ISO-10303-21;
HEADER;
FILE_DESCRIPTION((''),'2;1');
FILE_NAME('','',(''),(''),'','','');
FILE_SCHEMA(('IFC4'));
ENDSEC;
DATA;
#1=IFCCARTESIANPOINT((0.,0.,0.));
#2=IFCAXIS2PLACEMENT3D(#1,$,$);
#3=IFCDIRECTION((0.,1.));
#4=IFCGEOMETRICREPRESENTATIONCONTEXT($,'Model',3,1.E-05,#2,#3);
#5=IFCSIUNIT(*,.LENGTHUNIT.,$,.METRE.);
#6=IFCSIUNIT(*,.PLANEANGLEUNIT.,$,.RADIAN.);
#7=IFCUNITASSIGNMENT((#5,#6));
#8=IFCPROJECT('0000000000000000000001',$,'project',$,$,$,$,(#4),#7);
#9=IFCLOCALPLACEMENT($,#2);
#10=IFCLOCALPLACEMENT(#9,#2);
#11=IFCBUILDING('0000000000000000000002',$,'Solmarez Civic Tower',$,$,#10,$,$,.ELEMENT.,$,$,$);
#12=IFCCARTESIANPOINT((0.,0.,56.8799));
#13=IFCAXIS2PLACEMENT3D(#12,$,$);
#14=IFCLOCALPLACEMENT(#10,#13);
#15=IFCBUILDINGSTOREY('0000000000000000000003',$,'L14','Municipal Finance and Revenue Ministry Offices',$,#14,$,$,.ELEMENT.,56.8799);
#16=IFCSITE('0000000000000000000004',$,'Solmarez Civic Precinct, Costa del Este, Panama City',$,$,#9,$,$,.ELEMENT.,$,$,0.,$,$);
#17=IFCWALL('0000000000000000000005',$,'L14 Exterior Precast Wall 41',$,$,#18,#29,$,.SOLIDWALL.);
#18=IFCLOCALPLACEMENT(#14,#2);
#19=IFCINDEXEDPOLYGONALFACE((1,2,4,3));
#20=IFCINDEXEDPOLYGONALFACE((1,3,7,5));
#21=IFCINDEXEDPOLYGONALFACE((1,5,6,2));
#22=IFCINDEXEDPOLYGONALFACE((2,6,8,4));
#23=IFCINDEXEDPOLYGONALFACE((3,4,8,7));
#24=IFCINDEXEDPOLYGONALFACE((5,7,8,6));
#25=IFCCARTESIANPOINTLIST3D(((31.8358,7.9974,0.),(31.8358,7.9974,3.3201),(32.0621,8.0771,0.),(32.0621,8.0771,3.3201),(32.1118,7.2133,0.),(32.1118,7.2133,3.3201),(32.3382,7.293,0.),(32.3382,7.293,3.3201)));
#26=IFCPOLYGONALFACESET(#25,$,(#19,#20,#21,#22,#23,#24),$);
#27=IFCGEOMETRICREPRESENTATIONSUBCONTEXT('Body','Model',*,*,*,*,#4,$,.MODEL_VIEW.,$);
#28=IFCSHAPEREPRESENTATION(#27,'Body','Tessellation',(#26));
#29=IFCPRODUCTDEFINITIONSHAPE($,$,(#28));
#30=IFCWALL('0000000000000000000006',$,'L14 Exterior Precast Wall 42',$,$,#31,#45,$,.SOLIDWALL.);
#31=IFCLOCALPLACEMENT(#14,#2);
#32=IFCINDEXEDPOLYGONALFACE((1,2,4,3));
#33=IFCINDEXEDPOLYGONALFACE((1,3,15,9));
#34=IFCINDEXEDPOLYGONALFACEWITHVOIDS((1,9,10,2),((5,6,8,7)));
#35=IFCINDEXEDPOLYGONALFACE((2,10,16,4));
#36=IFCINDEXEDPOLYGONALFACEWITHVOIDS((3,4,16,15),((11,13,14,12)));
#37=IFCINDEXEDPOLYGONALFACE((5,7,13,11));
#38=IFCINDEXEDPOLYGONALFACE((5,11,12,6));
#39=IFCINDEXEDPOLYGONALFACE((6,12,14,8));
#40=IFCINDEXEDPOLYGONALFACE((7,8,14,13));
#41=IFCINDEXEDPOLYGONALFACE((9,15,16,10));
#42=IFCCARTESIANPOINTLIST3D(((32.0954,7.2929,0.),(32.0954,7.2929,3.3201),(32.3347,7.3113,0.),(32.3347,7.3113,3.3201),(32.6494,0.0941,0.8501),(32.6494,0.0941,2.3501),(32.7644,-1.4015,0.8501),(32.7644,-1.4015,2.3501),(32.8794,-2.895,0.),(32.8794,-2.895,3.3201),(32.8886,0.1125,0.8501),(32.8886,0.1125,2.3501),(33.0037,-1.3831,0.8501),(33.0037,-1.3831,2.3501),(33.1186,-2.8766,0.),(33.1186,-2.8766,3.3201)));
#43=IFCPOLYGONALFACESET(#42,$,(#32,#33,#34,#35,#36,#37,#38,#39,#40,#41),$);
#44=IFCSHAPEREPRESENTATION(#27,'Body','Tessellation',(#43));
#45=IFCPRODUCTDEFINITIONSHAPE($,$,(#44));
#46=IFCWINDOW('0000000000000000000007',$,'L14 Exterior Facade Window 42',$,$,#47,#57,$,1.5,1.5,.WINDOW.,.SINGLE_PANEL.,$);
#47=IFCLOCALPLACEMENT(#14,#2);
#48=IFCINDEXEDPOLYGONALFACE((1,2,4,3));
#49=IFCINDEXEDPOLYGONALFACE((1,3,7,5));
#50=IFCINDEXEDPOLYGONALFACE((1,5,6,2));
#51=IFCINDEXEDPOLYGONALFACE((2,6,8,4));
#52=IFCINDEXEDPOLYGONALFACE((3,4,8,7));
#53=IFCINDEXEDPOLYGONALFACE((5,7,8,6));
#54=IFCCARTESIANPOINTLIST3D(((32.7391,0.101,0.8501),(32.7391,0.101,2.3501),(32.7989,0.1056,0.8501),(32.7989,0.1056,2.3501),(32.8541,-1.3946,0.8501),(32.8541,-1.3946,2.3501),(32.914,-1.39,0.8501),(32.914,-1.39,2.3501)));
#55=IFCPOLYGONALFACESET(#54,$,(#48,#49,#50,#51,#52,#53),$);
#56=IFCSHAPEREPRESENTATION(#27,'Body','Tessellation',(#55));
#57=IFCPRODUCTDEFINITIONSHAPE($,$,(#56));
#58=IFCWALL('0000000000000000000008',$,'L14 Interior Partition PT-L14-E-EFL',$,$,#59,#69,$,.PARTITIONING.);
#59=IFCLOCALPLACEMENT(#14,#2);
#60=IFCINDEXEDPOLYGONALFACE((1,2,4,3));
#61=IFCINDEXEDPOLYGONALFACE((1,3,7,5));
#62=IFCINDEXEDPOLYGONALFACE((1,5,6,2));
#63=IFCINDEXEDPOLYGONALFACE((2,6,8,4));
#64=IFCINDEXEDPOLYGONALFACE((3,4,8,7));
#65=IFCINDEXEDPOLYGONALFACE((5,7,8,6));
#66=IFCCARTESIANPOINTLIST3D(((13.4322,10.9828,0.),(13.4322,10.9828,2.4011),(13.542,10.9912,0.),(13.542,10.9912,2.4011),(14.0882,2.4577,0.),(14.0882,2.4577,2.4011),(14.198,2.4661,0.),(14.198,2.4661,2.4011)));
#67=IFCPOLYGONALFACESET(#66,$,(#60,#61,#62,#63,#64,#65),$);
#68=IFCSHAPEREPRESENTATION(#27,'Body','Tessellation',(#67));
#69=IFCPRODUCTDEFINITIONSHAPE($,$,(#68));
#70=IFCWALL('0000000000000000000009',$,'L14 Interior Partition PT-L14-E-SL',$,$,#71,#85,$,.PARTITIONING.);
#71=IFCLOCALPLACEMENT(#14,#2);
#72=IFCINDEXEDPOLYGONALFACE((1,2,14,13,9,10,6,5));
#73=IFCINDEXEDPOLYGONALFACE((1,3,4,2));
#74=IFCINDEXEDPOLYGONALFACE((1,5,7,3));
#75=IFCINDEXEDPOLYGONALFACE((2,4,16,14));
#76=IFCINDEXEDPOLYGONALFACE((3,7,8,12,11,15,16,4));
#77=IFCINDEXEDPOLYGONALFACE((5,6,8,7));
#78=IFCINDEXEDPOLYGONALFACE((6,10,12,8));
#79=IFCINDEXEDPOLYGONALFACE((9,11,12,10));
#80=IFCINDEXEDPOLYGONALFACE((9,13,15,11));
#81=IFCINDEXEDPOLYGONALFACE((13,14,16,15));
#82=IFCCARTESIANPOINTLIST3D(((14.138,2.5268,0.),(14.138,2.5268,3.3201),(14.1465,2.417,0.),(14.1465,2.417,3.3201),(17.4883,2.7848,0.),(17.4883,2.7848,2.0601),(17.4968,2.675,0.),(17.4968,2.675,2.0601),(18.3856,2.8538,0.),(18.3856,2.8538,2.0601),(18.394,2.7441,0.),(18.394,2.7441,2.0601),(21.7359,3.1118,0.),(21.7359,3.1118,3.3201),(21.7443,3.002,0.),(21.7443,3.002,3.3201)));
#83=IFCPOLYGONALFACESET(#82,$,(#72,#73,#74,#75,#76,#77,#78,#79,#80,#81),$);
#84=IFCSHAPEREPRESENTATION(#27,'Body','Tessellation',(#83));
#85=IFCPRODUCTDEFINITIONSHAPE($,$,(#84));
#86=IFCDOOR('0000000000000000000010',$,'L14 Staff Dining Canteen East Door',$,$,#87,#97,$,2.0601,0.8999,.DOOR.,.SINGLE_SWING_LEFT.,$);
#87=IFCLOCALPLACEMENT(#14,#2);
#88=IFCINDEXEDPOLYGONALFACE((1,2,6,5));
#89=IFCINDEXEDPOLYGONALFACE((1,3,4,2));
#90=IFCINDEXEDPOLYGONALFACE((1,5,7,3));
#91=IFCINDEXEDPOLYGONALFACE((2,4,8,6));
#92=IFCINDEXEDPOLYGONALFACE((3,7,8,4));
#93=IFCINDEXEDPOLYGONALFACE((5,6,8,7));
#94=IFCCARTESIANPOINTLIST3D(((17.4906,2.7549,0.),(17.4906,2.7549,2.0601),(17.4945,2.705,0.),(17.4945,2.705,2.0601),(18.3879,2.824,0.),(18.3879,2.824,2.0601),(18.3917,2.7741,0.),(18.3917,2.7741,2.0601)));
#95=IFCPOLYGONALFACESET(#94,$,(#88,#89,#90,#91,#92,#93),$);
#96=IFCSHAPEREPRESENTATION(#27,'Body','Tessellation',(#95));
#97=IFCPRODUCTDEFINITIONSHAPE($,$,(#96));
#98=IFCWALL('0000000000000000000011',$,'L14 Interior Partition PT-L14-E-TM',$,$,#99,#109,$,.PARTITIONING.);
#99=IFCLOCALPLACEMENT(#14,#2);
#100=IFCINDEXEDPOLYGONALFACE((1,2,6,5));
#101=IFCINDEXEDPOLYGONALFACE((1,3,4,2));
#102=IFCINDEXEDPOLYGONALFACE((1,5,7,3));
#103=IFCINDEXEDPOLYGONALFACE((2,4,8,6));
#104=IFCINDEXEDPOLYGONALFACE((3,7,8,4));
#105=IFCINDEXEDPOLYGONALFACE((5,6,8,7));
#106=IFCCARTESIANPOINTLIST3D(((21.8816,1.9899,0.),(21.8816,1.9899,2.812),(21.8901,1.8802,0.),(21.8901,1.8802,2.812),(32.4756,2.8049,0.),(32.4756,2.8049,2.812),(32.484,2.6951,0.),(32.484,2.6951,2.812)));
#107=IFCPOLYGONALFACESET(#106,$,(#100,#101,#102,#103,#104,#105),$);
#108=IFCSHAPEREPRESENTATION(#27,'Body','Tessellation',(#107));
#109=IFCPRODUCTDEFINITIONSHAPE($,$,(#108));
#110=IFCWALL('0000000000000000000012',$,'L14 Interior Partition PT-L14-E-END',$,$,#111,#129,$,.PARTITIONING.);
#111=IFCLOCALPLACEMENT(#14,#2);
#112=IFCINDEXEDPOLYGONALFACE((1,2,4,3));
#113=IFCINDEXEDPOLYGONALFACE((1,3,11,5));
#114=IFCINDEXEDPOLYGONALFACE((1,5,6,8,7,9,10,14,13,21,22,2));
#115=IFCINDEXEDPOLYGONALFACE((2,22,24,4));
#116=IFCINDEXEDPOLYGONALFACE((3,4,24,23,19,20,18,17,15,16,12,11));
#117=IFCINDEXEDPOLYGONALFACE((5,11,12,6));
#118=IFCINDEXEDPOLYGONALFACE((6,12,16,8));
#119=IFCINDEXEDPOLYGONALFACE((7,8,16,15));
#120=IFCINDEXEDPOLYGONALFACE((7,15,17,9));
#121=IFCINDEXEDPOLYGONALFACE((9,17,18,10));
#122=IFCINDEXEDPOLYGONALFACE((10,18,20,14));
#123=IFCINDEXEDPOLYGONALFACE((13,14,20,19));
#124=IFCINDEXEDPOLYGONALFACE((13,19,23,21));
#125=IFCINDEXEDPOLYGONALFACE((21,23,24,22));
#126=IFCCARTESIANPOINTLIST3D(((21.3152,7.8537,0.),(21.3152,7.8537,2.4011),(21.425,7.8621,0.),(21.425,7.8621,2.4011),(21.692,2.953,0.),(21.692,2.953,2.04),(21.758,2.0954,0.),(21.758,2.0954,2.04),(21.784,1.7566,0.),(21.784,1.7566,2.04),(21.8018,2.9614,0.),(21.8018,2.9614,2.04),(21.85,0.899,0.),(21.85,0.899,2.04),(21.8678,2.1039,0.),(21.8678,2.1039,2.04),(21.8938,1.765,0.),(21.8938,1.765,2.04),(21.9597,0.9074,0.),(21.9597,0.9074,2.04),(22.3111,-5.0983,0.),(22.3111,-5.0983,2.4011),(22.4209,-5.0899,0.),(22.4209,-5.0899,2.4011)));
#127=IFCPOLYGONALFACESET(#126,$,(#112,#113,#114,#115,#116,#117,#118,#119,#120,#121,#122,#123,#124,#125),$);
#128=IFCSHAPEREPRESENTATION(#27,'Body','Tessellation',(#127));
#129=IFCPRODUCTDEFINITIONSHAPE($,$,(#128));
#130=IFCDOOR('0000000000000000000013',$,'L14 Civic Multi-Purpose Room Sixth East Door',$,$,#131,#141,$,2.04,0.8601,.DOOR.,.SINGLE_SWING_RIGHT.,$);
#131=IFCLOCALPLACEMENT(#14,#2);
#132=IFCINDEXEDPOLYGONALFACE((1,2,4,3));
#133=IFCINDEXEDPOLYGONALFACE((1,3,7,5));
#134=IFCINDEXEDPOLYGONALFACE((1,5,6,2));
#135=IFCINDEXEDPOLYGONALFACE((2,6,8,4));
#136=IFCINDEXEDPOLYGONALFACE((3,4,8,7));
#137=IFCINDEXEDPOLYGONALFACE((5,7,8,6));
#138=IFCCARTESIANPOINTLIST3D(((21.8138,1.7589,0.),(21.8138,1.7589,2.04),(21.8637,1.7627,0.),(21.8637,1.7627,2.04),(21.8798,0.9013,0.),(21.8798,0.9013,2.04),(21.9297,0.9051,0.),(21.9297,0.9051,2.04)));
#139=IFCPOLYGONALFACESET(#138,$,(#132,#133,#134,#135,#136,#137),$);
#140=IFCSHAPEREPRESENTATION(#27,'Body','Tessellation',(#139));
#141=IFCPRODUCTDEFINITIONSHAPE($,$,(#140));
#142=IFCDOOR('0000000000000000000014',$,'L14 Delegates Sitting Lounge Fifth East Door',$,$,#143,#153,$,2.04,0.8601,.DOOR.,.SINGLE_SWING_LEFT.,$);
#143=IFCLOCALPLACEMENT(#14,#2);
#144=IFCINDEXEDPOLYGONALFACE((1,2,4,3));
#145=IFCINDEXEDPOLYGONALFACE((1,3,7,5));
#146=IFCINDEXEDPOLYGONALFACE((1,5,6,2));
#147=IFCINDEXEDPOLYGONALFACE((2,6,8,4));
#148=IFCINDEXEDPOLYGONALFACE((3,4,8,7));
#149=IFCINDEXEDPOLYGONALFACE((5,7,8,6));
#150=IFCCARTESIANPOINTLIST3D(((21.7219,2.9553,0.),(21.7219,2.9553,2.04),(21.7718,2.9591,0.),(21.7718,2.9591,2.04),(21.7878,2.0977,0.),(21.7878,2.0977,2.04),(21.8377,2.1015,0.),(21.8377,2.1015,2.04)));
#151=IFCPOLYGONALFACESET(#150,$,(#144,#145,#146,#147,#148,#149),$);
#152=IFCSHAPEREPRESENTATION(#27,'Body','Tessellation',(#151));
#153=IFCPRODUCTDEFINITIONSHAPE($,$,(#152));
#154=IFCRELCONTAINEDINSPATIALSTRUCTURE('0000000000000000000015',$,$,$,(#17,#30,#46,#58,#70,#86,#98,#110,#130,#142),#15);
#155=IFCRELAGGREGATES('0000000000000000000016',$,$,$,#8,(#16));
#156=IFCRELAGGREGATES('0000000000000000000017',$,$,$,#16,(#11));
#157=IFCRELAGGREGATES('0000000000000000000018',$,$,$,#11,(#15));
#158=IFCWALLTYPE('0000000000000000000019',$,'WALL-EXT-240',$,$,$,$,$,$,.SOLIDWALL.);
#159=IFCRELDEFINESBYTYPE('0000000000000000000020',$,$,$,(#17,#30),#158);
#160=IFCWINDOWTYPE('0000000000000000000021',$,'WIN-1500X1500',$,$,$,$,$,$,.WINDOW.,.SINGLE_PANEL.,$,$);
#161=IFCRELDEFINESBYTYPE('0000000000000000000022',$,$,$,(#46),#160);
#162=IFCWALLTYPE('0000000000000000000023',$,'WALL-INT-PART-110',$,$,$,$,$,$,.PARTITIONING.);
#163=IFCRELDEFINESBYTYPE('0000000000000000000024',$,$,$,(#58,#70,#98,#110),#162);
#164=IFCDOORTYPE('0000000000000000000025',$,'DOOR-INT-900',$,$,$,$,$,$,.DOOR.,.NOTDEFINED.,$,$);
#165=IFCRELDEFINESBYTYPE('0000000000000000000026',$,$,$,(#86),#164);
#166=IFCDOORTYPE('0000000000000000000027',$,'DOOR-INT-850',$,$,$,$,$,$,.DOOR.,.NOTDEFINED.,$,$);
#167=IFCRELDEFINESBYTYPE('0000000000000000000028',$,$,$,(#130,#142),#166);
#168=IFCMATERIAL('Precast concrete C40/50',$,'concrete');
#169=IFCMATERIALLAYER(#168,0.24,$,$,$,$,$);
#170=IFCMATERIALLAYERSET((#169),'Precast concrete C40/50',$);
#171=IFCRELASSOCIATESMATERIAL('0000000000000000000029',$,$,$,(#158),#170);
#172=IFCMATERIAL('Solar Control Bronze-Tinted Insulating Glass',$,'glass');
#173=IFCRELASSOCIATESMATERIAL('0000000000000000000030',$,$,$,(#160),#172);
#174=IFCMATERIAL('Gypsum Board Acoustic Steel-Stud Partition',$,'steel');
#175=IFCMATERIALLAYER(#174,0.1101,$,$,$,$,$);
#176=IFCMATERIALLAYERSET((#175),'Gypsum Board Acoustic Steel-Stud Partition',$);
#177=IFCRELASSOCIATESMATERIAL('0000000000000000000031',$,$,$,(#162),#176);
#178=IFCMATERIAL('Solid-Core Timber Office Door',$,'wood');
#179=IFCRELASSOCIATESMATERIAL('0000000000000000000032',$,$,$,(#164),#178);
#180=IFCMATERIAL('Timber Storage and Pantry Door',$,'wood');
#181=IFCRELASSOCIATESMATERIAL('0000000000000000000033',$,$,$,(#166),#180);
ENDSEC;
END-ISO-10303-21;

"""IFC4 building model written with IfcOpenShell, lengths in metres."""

from ifc_helpers import new_model, si_unit, direction, frame, frame_2d, origin, place, context, subcontext, project, spatial, rectangle, extrude, material, layer, layer_set, type_object, element, fill, save


model = new_model("IFC4")

# Units and contexts
model_context = context("Model", 3, precision=1e-05, world=origin(), true_north=direction((0.0, 1.0)))
body_context = subcontext(model_context, "Body", "Model", "MODEL_VIEW")
ifc_project = project(units=[si_unit("LENGTHUNIT", "METRE"), si_unit("PLANEANGLEUNIT", "RADIAN")], contexts=[model_context])

# Site, building, storey
site_placement = place(None, origin())
site = spatial("IfcSite", under=ifc_project, at=site_placement, Name="Solmarez Civic Precinct, Costa del Este, Panama City", CompositionType="ELEMENT", RefElevation=0.0)
building_placement = place(site_placement, origin())
building = spatial("IfcBuilding", under=site, at=building_placement, Name="Solmarez Civic Tower", CompositionType="ELEMENT")
storey_placement = place(building_placement, frame((0.0, 0.0, 56.8799)))
storey = spatial("IfcBuildingStorey", under=building, at=storey_placement, Name="L14", Description="Municipal Finance and Revenue Ministry Offices", CompositionType="ELEMENT", Elevation=56.8799)

# Shared definitions
ifc_material_1 = material(Name="Precast concrete C40/50", Category="concrete")
ifc_layer_1 = layer(ifc_material_1, 0.24)
ifc_layer_set_1 = layer_set([ifc_layer_1], Name="Precast concrete C40/50")
wall_type_1 = type_object("IfcWallType", Name="WALL-EXT-240", PredefinedType="SOLIDWALL", material=ifc_layer_set_1)

# Shared definitions
ifc_material_2 = material(Name="Solar Control Bronze-Tinted Insulating Glass", Category="glass")

# Wall
wall_1_placement = place(storey_placement, frame((31.949, 8.0371, 0.0), z_axis=(0.0, 0.0, 1.0), x_axis=(0.332129, -0.943234, 0.0)))
element("IfcWall", 1, at=wall_1_placement, inside=storey, type_object=wall_type_1, Name="L14 Exterior Precast Wall 41", PredefinedType="SOLIDWALL", context=body_context, shape_type="SweptSolid", body=[
    extrude(rectangle(XDim=0.8313, YDim=0.24, at=frame_2d((0.4155, 0.0))), origin(), (0.0, 0.0, 1.0), 3.3201),
])

# Wall, opening, window
wall_2_placement = place(storey_placement, frame((32.2151, 7.302, 0.0), z_axis=(0.0, 0.0, 1.0), x_axis=(0.07672, -0.997053, 0.0)))
wall_2 = element("IfcWall", 2, at=wall_2_placement, inside=storey, type_object=wall_type_1, Name="L14 Exterior Precast Wall 42", PredefinedType="SOLIDWALL", context=body_context, shape_type="SweptSolid", body=[
    extrude(rectangle(XDim=10.218, YDim=0.24, at=frame_2d((5.1089, 0.0))), origin(), (0.0, 0.0, 1.0), 3.3201),
])
opening_1_placement = place(wall_2_placement, frame((7.22, 0.0, 0.8501)))
opening_1 = element("IfcOpeningElement", 3, at=opening_1_placement, cuts=wall_2, PredefinedType="OPENING", context=body_context, shape_type="SweptSolid", body=[
    extrude(rectangle(XDim=1.5, YDim=1.5, at=frame_2d((0.75, 0.75))), frame((0.0, 0.1299, 0.0), z_axis=(0.0, -1.0, 0.0), x_axis=(1.0, 0.0, 0.0)), (0.0, 0.0, 1.0), 0.26),
])
window_type_1 = type_object("IfcWindowType", Name="WIN-1500X1500", PartitioningType="SINGLE_PANEL", PredefinedType="WINDOW", material=ifc_material_2)
window_1_placement = place(opening_1_placement, origin())
window_1 = element("IfcWindow", 4, at=window_1_placement, inside=storey, type_object=window_type_1, Name="L14 Exterior Facade Window 42", OverallHeight=1.5, OverallWidth=1.5, PartitioningType="SINGLE_PANEL", PredefinedType="WINDOW", context=body_context, shape_type="SweptSolid", body=[
    extrude(rectangle(XDim=1.5, YDim=1.5, at=frame_2d((0.75, 0.75))), frame((0.0, 0.03, 0.0), z_axis=(0.0, -1.0, 0.0), x_axis=(1.0, 0.0, 0.0)), (0.0, 0.0, 1.0), 0.0601),
])
fill(opening_1, window_1)

# Wall
ifc_material_3 = material(Name="Gypsum Board Acoustic Steel-Stud Partition", Category="steel")
ifc_layer_2 = layer(ifc_material_3, 0.1101)
ifc_layer_set_2 = layer_set([ifc_layer_2], Name="Gypsum Board Acoustic Steel-Stud Partition")
wall_type_2 = type_object("IfcWallType", Name="WALL-INT-PART-110", PredefinedType="PARTITIONING", material=ifc_layer_set_2)
wall_3_placement = place(storey_placement, frame((14.1431, 2.4619, 0.0), z_axis=(0.0, 0.0, 1.0), x_axis=(-0.076723, 0.997052, 0.0)))
element("IfcWall", 5, at=wall_3_placement, inside=storey, type_object=wall_type_2, Name="L14 Interior Partition PT-L14-E-EFL", PredefinedType="PARTITIONING", context=body_context, shape_type="SweptSolid", body=[
    extrude(rectangle(XDim=8.5503, YDim=0.1101, at=frame_2d((4.2751, 0.0))), origin(), (0.0, 0.0, 1.0), 2.4011),
])

# Wall, opening, door
wall_4_placement = place(storey_placement, frame((21.74, 3.0569, 0.0), z_axis=(0.0, 0.0, 1.0), x_axis=(-0.997049, -0.076763, 0.0)))
wall_4 = element("IfcWall", 6, at=wall_4_placement, inside=storey, type_object=wall_type_2, Name="L14 Interior Partition PT-L14-E-SL", PredefinedType="PARTITIONING", context=body_context, shape_type="SweptSolid", body=[
    extrude(rectangle(XDim=7.6204, YDim=0.1101, at=frame_2d((3.8101, 0.0))), origin(), (0.0, 0.0, 1.0), 3.3201),
])
opening_2_placement = place(wall_4_placement, frame((3.3601, 0.0, 0.0)))
opening_2 = element("IfcOpeningElement", 7, at=opening_2_placement, cuts=wall_4, PredefinedType="OPENING", context=body_context, shape_type="SweptSolid", body=[
    extrude(rectangle(XDim=0.8999, YDim=2.0601, at=frame_2d((0.45, 1.03))), frame((0.0, 0.0649, 0.0), z_axis=(0.0, -1.0, 0.0), x_axis=(1.0, 0.0, 0.0)), (0.0, 0.0, 1.0), 0.1301),
])
ifc_material_4 = material(Name="Solid-Core Timber Office Door", Category="wood")
door_type_1 = type_object("IfcDoorType", Name="DOOR-INT-900", OperationType="NOTDEFINED", PredefinedType="DOOR", material=ifc_material_4)
door_1_placement = place(opening_2_placement, origin())
door_1 = element("IfcDoor", 8, at=door_1_placement, inside=storey, type_object=door_type_1, Name="L14 Staff Dining Canteen East Door", OperationType="SINGLE_SWING_LEFT", OverallHeight=2.0601, OverallWidth=0.8999, PredefinedType="DOOR", context=body_context, shape_type="SweptSolid", body=[
    extrude(rectangle(XDim=0.8999, YDim=2.0601, at=frame_2d((0.45, 1.03))), frame((0.0, 0.0249, 0.0), z_axis=(0.0, -1.0, 0.0), x_axis=(1.0, 0.0, 0.0)), (0.0, 0.0, 1.0), 0.05),
])
fill(opening_2, door_1)

# Wall
wall_5_placement = place(storey_placement, frame((21.886, 1.9351, 0.0), z_axis=(0.0, 0.0, 1.0), x_axis=(0.997054, 0.076698, 0.0)))
element("IfcWall", 9, at=wall_5_placement, inside=storey, type_object=wall_type_2, Name="L14 Interior Partition PT-L14-E-TM", PredefinedType="PARTITIONING", context=body_context, shape_type="SweptSolid", body=[
    extrude(rectangle(XDim=10.6252, YDim=0.1101, at=frame_2d((5.3125, 0.0))), origin(), (0.0, 0.0, 1.0), 2.812),
])

# Wall, openings, doors
wall_6_placement = place(storey_placement, frame((21.3701, 7.8579, 0.0), z_axis=(0.0, 0.0, 1.0), x_axis=(0.076662, -0.997057, 0.0)))
wall_6 = element("IfcWall", 10, at=wall_6_placement, inside=storey, type_object=wall_type_2, Name="L14 Interior Partition PT-L14-E-END", PredefinedType="PARTITIONING", context=body_context, shape_type="SweptSolid", body=[
    extrude(rectangle(XDim=12.9902, YDim=0.1101, at=frame_2d((6.4951, 0.0))), origin(), (0.0, 0.0, 1.0), 2.4011),
])
opening_3_placement = place(wall_6_placement, frame((6.115, 0.0, 0.0)))
opening_3 = element("IfcOpeningElement", 11, at=opening_3_placement, cuts=wall_6, PredefinedType="OPENING", context=body_context, shape_type="SweptSolid", body=[
    extrude(rectangle(XDim=0.8601, YDim=2.04, at=frame_2d((0.4302, 1.02))), frame((0.0, 0.0649, 0.0), z_axis=(0.0, -1.0, 0.0), x_axis=(1.0, 0.0, 0.0)), (0.0, 0.0, 1.0), 0.1301),
])
opening_4_placement = place(wall_6_placement, frame((4.915, 0.0, 0.0)))
opening_4 = element("IfcOpeningElement", 12, at=opening_4_placement, cuts=wall_6, PredefinedType="OPENING", context=body_context, shape_type="SweptSolid", body=[
    extrude(rectangle(XDim=0.8601, YDim=2.04, at=frame_2d((0.4302, 1.02))), frame((0.0, 0.0649, 0.0), z_axis=(0.0, -1.0, 0.0), x_axis=(1.0, 0.0, 0.0)), (0.0, 0.0, 1.0), 0.1301),
])
ifc_material_5 = material(Name="Timber Storage and Pantry Door", Category="wood")
door_type_2 = type_object("IfcDoorType", Name="DOOR-INT-850", OperationType="NOTDEFINED", PredefinedType="DOOR", material=ifc_material_5)
door_2_placement = place(opening_3_placement, origin())
door_2 = element("IfcDoor", 13, at=door_2_placement, inside=storey, type_object=door_type_2, Name="L14 Civic Multi-Purpose Room Sixth East Door", OperationType="SINGLE_SWING_RIGHT", OverallHeight=2.04, OverallWidth=0.8601, PredefinedType="DOOR", context=body_context, shape_type="SweptSolid", body=[
    extrude(rectangle(XDim=0.8601, YDim=2.04, at=frame_2d((0.4302, 1.02))), frame((0.0, 0.0249, 0.0), z_axis=(0.0, -1.0, 0.0), x_axis=(1.0, 0.0, 0.0)), (0.0, 0.0, 1.0), 0.05),
])
fill(opening_3, door_2)
door_3_placement = place(opening_4_placement, origin())
door_3 = element("IfcDoor", 14, at=door_3_placement, inside=storey, type_object=door_type_2, Name="L14 Delegates Sitting Lounge Fifth East Door", OperationType="SINGLE_SWING_LEFT", OverallHeight=2.04, OverallWidth=0.8601, PredefinedType="DOOR", context=body_context, shape_type="SweptSolid", body=[
    extrude(rectangle(XDim=0.8601, YDim=2.04, at=frame_2d((0.4302, 1.02))), frame((0.0, 0.0249, 0.0), z_axis=(0.0, -1.0, 0.0), x_axis=(1.0, 0.0, 0.0)), (0.0, 0.0, 1.0), 0.05),
])
fill(opening_4, door_3)

save(model, "model.ifc")
